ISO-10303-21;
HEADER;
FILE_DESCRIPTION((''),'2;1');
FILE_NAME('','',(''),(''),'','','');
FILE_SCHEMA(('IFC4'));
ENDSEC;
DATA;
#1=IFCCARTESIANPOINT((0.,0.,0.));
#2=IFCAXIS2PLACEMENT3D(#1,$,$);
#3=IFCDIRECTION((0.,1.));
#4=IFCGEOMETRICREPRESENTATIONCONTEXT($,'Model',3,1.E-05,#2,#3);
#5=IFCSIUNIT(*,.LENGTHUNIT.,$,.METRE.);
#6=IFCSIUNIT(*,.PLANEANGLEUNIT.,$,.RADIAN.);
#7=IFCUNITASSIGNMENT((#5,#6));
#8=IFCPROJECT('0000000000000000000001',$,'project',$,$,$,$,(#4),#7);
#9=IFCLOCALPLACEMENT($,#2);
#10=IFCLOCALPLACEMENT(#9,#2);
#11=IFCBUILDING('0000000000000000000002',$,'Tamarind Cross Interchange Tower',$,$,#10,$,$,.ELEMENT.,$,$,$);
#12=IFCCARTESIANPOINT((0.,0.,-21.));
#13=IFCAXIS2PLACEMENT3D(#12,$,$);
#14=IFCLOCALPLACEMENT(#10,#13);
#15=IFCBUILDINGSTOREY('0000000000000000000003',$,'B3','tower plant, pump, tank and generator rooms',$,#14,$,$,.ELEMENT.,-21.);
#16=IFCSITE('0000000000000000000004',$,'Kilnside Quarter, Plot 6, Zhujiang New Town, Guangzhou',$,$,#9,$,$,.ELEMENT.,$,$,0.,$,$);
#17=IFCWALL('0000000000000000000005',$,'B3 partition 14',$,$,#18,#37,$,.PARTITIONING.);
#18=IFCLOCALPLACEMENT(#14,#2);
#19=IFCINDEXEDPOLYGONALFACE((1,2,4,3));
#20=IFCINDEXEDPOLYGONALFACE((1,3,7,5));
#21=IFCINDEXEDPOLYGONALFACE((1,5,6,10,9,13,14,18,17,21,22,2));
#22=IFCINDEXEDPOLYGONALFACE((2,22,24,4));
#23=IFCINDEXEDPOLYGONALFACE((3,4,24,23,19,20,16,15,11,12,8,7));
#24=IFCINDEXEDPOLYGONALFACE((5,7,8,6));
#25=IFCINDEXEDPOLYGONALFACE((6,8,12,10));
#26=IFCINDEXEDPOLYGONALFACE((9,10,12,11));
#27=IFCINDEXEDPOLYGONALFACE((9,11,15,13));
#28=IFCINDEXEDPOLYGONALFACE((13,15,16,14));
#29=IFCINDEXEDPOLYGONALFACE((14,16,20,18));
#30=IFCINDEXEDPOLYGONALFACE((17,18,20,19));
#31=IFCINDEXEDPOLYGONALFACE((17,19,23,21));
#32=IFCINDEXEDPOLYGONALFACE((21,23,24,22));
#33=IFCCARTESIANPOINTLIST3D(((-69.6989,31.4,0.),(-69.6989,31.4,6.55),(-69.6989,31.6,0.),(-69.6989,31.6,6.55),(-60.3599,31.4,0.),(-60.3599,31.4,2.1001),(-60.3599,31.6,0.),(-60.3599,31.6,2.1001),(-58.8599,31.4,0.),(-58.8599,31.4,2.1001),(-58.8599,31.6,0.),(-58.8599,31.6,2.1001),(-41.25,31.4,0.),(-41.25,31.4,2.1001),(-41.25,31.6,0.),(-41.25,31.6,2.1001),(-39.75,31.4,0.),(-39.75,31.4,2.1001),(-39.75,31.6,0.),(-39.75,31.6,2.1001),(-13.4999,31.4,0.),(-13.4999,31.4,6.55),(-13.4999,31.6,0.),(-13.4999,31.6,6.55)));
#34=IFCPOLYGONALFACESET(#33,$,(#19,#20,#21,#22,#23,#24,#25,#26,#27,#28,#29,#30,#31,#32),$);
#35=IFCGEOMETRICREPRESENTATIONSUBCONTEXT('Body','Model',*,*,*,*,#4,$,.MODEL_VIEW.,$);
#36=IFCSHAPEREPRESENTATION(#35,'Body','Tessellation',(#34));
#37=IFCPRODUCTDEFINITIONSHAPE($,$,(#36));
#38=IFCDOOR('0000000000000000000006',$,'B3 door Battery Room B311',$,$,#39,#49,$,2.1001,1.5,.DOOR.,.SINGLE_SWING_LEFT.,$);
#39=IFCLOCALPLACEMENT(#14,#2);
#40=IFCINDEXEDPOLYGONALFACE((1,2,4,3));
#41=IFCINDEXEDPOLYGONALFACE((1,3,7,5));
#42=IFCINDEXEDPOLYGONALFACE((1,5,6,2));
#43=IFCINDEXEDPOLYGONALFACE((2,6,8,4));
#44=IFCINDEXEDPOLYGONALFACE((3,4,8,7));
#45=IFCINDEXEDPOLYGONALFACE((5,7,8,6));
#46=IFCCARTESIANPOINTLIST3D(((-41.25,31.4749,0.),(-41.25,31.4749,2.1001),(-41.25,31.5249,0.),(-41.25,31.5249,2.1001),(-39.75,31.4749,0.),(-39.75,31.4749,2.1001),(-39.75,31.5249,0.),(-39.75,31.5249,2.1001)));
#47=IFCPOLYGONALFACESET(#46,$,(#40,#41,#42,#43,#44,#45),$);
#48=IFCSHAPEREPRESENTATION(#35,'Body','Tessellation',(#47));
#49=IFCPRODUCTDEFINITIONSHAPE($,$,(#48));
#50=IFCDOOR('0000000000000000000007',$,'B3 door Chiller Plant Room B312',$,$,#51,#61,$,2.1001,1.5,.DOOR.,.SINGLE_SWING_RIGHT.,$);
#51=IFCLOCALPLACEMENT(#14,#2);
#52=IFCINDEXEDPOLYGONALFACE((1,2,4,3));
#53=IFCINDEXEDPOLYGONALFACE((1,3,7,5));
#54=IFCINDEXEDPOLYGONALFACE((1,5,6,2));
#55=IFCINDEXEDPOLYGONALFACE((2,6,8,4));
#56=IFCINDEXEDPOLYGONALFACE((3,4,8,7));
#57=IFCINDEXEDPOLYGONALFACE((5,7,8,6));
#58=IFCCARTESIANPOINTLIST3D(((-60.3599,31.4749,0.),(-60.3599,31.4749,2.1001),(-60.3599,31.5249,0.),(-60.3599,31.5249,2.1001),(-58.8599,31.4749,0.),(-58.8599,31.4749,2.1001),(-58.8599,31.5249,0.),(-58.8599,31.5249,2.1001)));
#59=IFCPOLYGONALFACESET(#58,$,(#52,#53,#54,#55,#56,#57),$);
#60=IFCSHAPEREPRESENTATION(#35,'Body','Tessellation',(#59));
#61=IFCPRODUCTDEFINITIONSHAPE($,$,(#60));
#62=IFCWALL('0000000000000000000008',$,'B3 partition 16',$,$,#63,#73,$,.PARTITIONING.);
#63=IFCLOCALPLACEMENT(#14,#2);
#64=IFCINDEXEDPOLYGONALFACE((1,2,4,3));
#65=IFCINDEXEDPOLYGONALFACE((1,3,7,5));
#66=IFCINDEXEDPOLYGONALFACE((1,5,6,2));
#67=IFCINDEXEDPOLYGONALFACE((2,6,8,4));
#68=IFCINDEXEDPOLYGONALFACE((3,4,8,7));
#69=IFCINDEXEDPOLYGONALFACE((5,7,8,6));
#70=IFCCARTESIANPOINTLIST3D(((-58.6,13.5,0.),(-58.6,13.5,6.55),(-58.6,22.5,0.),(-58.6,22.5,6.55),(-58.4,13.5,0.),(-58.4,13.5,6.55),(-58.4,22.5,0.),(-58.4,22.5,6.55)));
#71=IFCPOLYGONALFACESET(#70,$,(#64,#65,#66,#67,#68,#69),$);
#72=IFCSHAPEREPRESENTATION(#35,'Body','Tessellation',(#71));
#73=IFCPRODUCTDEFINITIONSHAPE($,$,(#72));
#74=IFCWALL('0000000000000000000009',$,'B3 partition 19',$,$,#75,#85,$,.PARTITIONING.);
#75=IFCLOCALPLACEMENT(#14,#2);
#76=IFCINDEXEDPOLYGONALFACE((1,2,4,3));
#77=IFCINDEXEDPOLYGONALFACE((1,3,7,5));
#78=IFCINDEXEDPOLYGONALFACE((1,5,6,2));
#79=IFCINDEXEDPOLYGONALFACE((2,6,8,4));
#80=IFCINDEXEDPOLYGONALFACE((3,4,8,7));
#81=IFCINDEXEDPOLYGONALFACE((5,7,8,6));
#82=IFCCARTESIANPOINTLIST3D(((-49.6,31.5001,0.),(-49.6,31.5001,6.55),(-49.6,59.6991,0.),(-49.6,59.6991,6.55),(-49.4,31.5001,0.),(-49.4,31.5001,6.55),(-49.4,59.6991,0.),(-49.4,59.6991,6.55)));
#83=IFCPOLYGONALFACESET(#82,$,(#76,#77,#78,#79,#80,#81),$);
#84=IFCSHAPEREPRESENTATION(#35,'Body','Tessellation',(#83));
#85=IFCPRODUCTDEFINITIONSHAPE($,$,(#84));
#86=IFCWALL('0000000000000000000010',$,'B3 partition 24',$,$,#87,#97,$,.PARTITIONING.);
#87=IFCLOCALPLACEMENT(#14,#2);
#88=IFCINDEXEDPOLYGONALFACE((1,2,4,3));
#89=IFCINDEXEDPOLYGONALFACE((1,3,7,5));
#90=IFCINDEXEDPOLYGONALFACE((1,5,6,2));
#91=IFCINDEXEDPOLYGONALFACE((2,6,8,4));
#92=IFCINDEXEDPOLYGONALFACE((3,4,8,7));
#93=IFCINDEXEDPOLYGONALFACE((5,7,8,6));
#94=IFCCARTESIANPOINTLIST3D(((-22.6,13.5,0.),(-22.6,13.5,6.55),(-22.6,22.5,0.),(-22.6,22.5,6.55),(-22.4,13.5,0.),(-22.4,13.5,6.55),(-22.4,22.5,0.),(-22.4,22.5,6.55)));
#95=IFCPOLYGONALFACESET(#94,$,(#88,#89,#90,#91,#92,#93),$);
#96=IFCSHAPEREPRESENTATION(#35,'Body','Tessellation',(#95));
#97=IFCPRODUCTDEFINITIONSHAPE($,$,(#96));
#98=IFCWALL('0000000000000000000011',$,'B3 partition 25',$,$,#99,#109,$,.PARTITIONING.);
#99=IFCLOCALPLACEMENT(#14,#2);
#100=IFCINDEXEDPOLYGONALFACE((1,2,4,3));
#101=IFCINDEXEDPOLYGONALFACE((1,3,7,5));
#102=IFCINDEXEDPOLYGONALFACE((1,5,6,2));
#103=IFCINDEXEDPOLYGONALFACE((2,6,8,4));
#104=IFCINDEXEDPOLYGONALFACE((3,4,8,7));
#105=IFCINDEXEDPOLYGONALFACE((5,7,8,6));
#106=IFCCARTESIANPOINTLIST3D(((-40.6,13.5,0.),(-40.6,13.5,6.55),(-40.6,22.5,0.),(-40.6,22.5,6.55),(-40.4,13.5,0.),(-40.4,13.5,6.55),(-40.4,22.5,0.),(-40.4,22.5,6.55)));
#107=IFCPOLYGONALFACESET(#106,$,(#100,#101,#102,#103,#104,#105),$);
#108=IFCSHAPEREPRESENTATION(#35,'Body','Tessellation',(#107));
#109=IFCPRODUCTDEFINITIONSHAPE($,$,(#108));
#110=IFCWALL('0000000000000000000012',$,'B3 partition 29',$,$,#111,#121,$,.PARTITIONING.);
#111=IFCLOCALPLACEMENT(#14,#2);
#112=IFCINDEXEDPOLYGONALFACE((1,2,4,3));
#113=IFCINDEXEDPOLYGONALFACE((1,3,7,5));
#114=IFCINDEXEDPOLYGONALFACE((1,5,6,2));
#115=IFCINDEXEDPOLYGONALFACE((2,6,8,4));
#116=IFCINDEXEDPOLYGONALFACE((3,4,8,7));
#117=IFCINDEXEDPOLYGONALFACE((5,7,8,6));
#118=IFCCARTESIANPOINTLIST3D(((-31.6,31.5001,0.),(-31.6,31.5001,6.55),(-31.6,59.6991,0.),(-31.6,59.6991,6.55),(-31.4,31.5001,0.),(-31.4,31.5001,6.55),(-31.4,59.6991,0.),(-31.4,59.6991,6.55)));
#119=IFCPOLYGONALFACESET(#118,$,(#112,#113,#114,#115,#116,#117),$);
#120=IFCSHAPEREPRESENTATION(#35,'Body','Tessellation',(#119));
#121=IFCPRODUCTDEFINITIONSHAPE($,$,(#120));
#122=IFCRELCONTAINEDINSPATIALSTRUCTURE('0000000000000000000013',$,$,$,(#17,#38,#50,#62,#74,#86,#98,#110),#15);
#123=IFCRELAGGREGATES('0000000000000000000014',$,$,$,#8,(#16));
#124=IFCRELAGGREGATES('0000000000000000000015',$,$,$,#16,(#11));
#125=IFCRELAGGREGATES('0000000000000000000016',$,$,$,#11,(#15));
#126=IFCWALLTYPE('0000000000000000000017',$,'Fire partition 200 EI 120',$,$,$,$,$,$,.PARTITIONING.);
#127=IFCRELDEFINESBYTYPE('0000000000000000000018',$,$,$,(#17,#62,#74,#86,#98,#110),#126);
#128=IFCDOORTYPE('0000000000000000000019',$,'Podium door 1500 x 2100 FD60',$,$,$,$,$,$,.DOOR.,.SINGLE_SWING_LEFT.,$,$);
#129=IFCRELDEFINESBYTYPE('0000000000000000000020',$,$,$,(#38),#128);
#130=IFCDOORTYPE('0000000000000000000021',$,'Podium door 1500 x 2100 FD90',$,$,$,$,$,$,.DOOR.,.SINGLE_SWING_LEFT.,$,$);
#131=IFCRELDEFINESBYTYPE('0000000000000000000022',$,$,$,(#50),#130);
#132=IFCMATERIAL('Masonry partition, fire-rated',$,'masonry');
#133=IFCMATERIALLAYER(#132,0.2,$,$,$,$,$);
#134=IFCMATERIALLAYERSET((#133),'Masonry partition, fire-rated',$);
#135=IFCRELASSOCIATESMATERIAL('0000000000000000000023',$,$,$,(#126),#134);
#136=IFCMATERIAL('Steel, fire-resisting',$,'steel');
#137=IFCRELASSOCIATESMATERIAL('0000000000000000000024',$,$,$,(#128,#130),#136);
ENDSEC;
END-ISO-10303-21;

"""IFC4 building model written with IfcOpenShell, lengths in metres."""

from ifc_helpers import new_model, si_unit, direction, frame, frame_2d, origin, place, context, subcontext, project, spatial, rectangle, extrude, material, layer, layer_set, type_object, element, fill, save


model = new_model("IFC4")

# Units and contexts
model_context = context("Model", 3, precision=1e-05, world=origin(), true_north=direction((0.0, 1.0)))
body_context = subcontext(model_context, "Body", "Model", "MODEL_VIEW")
ifc_project = project(units=[si_unit("LENGTHUNIT", "METRE"), si_unit("PLANEANGLEUNIT", "RADIAN")], contexts=[model_context])

# Site, building, storey
site_placement = place(None, origin())
site = spatial("IfcSite", under=ifc_project, at=site_placement, Name="Kilnside Quarter, Plot 6, Zhujiang New Town, Guangzhou", CompositionType="ELEMENT", RefElevation=0.0)
building_placement = place(site_placement, origin())
building = spatial("IfcBuilding", under=site, at=building_placement, Name="Tamarind Cross Interchange Tower", CompositionType="ELEMENT")
storey_placement = place(building_placement, frame((0.0, 0.0, -21.0)))
storey = spatial("IfcBuildingStorey", under=building, at=storey_placement, Name="B3", Description="tower plant, pump, tank and generator rooms", CompositionType="ELEMENT", Elevation=-21.0)

# Shared definitions
ifc_material_1 = material(Name="Masonry partition, fire-rated", Category="masonry")
ifc_layer_1 = layer(ifc_material_1, 0.2)
ifc_layer_set_1 = layer_set([ifc_layer_1], Name="Masonry partition, fire-rated")
wall_type_1 = type_object("IfcWallType", Name="Fire partition 200 EI 120", PredefinedType="PARTITIONING", material=ifc_layer_set_1)
ifc_material_2 = material(Name="Steel, fire-resisting", Category="steel")
door_type_1 = type_object("IfcDoorType", Name="Podium door 1500 x 2100 FD60", OperationType="SINGLE_SWING_LEFT", PredefinedType="DOOR", material=ifc_material_2)

# Wall, openings, doors
wall_1_placement = place(storey_placement, frame((-69.699, 31.5, 0.0), z_axis=(0.0, 0.0, 1.0), x_axis=(1.0, 0.0, 0.0)))
wall_1 = element("IfcWall", 1, at=wall_1_placement, inside=storey, type_object=wall_type_1, Name="B3 partition 14", PredefinedType="PARTITIONING", context=body_context, shape_type="SweptSolid", body=[
    extrude(rectangle(XDim=56.199, YDim=0.2, at=frame_2d((28.0996, 0.0))), origin(), (0.0, 0.0, 1.0), 6.55),
])
opening_1_placement = place(wall_1_placement, frame((28.449, 0.0, 0.0)))
opening_1 = element("IfcOpeningElement", 2, at=opening_1_placement, cuts=wall_1, PredefinedType="OPENING", context=body_context, shape_type="SweptSolid", body=[
    extrude(rectangle(XDim=1.5, YDim=2.1001, at=frame_2d((0.75, 1.05))), frame((0.0, 0.1099, 0.0), z_axis=(0.0, -1.0, 0.0), x_axis=(1.0, 0.0, 0.0)), (0.0, 0.0, 1.0), 0.22),
])
opening_2_placement = place(wall_1_placement, frame((9.3391, 0.0, 0.0)))
opening_2 = element("IfcOpeningElement", 3, at=opening_2_placement, cuts=wall_1, PredefinedType="OPENING", context=body_context, shape_type="SweptSolid", body=[
    extrude(rectangle(XDim=1.5, YDim=2.1001, at=frame_2d((0.75, 1.05))), frame((0.0, 0.1099, 0.0), z_axis=(0.0, -1.0, 0.0), x_axis=(1.0, 0.0, 0.0)), (0.0, 0.0, 1.0), 0.22),
])
door_1_placement = place(opening_1_placement, origin())
door_1 = element("IfcDoor", 4, at=door_1_placement, inside=storey, type_object=door_type_1, Name="B3 door Battery Room B311", OperationType="SINGLE_SWING_LEFT", OverallHeight=2.1001, OverallWidth=1.5, PredefinedType="DOOR", context=body_context, shape_type="SweptSolid", body=[
    extrude(rectangle(XDim=1.5, YDim=2.1001, at=frame_2d((0.75, 1.05))), frame((0.0, 0.0249, 0.0), z_axis=(0.0, -1.0, 0.0), x_axis=(1.0, 0.0, 0.0)), (0.0, 0.0, 1.0), 0.05),
])
fill(opening_1, door_1)
door_type_2 = type_object("IfcDoorType", Name="Podium door 1500 x 2100 FD90", OperationType="SINGLE_SWING_LEFT", PredefinedType="DOOR", material=ifc_material_2)
door_2_placement = place(opening_2_placement, origin())
door_2 = element("IfcDoor", 5, at=door_2_placement, inside=storey, type_object=door_type_2, Name="B3 door Chiller Plant Room B312", OperationType="SINGLE_SWING_RIGHT", OverallHeight=2.1001, OverallWidth=1.5, PredefinedType="DOOR", context=body_context, shape_type="SweptSolid", body=[
    extrude(rectangle(XDim=1.5, YDim=2.1001, at=frame_2d((0.75, 1.05))), frame((0.0, 0.0249, 0.0), z_axis=(0.0, -1.0, 0.0), x_axis=(1.0, 0.0, 0.0)), (0.0, 0.0, 1.0), 0.05),
])
fill(opening_2, door_2)

# Walls
wall_2_placement = place(storey_placement, frame((-58.5, 13.5, 0.0), z_axis=(0.0, 0.0, 1.0), x_axis=(0.0, 1.0, 0.0)))
element("IfcWall", 6, at=wall_2_placement, inside=storey, type_object=wall_type_1, Name="B3 partition 16", PredefinedType="PARTITIONING", context=body_context, shape_type="SweptSolid", body=[
    extrude(rectangle(XDim=9.0, YDim=0.2, at=frame_2d((4.5, 0.0))), origin(), (0.0, 0.0, 1.0), 6.55),
])
wall_3_placement = place(storey_placement, frame((-49.5, 31.5, 0.0), z_axis=(0.0, 0.0, 1.0), x_axis=(0.0, 1.0, 0.0)))
element("IfcWall", 7, at=wall_3_placement, inside=storey, type_object=wall_type_1, Name="B3 partition 19", PredefinedType="PARTITIONING", context=body_context, shape_type="SweptSolid", body=[
    extrude(rectangle(XDim=28.199, YDim=0.2, at=frame_2d((14.0996, 0.0))), origin(), (0.0, 0.0, 1.0), 6.55),
])
for number, where, z_axis, x_axis, name in (
    (8, (-22.5, 13.5, 0.0), (0.0, 0.0, 1.0), (0.0, 1.0, 0.0), "B3 partition 24"),
    (9, (-40.5, 13.5, 0.0), (0.0, 0.0, 1.0), (0.0, 1.0, 0.0), "B3 partition 25"),
):
    element("IfcWall", number, at=place(storey_placement, frame(where, z_axis=z_axis, x_axis=x_axis)), inside=storey, type_object=wall_type_1, Name=name, PredefinedType="PARTITIONING", context=body_context, shape_type="SweptSolid", body=[
        extrude(rectangle(XDim=9.0, YDim=0.2, at=frame_2d((4.5, 0.0))), origin(), (0.0, 0.0, 1.0), 6.55),
    ])
wall_4_placement = place(storey_placement, frame((-31.5, 31.5, 0.0), z_axis=(0.0, 0.0, 1.0), x_axis=(0.0, 1.0, 0.0)))
element("IfcWall", 10, at=wall_4_placement, inside=storey, type_object=wall_type_1, Name="B3 partition 29", PredefinedType="PARTITIONING", context=body_context, shape_type="SweptSolid", body=[
    extrude(rectangle(XDim=28.199, YDim=0.2, at=frame_2d((14.0996, 0.0))), origin(), (0.0, 0.0, 1.0), 6.55),
])

save(model, "model.ifc")
